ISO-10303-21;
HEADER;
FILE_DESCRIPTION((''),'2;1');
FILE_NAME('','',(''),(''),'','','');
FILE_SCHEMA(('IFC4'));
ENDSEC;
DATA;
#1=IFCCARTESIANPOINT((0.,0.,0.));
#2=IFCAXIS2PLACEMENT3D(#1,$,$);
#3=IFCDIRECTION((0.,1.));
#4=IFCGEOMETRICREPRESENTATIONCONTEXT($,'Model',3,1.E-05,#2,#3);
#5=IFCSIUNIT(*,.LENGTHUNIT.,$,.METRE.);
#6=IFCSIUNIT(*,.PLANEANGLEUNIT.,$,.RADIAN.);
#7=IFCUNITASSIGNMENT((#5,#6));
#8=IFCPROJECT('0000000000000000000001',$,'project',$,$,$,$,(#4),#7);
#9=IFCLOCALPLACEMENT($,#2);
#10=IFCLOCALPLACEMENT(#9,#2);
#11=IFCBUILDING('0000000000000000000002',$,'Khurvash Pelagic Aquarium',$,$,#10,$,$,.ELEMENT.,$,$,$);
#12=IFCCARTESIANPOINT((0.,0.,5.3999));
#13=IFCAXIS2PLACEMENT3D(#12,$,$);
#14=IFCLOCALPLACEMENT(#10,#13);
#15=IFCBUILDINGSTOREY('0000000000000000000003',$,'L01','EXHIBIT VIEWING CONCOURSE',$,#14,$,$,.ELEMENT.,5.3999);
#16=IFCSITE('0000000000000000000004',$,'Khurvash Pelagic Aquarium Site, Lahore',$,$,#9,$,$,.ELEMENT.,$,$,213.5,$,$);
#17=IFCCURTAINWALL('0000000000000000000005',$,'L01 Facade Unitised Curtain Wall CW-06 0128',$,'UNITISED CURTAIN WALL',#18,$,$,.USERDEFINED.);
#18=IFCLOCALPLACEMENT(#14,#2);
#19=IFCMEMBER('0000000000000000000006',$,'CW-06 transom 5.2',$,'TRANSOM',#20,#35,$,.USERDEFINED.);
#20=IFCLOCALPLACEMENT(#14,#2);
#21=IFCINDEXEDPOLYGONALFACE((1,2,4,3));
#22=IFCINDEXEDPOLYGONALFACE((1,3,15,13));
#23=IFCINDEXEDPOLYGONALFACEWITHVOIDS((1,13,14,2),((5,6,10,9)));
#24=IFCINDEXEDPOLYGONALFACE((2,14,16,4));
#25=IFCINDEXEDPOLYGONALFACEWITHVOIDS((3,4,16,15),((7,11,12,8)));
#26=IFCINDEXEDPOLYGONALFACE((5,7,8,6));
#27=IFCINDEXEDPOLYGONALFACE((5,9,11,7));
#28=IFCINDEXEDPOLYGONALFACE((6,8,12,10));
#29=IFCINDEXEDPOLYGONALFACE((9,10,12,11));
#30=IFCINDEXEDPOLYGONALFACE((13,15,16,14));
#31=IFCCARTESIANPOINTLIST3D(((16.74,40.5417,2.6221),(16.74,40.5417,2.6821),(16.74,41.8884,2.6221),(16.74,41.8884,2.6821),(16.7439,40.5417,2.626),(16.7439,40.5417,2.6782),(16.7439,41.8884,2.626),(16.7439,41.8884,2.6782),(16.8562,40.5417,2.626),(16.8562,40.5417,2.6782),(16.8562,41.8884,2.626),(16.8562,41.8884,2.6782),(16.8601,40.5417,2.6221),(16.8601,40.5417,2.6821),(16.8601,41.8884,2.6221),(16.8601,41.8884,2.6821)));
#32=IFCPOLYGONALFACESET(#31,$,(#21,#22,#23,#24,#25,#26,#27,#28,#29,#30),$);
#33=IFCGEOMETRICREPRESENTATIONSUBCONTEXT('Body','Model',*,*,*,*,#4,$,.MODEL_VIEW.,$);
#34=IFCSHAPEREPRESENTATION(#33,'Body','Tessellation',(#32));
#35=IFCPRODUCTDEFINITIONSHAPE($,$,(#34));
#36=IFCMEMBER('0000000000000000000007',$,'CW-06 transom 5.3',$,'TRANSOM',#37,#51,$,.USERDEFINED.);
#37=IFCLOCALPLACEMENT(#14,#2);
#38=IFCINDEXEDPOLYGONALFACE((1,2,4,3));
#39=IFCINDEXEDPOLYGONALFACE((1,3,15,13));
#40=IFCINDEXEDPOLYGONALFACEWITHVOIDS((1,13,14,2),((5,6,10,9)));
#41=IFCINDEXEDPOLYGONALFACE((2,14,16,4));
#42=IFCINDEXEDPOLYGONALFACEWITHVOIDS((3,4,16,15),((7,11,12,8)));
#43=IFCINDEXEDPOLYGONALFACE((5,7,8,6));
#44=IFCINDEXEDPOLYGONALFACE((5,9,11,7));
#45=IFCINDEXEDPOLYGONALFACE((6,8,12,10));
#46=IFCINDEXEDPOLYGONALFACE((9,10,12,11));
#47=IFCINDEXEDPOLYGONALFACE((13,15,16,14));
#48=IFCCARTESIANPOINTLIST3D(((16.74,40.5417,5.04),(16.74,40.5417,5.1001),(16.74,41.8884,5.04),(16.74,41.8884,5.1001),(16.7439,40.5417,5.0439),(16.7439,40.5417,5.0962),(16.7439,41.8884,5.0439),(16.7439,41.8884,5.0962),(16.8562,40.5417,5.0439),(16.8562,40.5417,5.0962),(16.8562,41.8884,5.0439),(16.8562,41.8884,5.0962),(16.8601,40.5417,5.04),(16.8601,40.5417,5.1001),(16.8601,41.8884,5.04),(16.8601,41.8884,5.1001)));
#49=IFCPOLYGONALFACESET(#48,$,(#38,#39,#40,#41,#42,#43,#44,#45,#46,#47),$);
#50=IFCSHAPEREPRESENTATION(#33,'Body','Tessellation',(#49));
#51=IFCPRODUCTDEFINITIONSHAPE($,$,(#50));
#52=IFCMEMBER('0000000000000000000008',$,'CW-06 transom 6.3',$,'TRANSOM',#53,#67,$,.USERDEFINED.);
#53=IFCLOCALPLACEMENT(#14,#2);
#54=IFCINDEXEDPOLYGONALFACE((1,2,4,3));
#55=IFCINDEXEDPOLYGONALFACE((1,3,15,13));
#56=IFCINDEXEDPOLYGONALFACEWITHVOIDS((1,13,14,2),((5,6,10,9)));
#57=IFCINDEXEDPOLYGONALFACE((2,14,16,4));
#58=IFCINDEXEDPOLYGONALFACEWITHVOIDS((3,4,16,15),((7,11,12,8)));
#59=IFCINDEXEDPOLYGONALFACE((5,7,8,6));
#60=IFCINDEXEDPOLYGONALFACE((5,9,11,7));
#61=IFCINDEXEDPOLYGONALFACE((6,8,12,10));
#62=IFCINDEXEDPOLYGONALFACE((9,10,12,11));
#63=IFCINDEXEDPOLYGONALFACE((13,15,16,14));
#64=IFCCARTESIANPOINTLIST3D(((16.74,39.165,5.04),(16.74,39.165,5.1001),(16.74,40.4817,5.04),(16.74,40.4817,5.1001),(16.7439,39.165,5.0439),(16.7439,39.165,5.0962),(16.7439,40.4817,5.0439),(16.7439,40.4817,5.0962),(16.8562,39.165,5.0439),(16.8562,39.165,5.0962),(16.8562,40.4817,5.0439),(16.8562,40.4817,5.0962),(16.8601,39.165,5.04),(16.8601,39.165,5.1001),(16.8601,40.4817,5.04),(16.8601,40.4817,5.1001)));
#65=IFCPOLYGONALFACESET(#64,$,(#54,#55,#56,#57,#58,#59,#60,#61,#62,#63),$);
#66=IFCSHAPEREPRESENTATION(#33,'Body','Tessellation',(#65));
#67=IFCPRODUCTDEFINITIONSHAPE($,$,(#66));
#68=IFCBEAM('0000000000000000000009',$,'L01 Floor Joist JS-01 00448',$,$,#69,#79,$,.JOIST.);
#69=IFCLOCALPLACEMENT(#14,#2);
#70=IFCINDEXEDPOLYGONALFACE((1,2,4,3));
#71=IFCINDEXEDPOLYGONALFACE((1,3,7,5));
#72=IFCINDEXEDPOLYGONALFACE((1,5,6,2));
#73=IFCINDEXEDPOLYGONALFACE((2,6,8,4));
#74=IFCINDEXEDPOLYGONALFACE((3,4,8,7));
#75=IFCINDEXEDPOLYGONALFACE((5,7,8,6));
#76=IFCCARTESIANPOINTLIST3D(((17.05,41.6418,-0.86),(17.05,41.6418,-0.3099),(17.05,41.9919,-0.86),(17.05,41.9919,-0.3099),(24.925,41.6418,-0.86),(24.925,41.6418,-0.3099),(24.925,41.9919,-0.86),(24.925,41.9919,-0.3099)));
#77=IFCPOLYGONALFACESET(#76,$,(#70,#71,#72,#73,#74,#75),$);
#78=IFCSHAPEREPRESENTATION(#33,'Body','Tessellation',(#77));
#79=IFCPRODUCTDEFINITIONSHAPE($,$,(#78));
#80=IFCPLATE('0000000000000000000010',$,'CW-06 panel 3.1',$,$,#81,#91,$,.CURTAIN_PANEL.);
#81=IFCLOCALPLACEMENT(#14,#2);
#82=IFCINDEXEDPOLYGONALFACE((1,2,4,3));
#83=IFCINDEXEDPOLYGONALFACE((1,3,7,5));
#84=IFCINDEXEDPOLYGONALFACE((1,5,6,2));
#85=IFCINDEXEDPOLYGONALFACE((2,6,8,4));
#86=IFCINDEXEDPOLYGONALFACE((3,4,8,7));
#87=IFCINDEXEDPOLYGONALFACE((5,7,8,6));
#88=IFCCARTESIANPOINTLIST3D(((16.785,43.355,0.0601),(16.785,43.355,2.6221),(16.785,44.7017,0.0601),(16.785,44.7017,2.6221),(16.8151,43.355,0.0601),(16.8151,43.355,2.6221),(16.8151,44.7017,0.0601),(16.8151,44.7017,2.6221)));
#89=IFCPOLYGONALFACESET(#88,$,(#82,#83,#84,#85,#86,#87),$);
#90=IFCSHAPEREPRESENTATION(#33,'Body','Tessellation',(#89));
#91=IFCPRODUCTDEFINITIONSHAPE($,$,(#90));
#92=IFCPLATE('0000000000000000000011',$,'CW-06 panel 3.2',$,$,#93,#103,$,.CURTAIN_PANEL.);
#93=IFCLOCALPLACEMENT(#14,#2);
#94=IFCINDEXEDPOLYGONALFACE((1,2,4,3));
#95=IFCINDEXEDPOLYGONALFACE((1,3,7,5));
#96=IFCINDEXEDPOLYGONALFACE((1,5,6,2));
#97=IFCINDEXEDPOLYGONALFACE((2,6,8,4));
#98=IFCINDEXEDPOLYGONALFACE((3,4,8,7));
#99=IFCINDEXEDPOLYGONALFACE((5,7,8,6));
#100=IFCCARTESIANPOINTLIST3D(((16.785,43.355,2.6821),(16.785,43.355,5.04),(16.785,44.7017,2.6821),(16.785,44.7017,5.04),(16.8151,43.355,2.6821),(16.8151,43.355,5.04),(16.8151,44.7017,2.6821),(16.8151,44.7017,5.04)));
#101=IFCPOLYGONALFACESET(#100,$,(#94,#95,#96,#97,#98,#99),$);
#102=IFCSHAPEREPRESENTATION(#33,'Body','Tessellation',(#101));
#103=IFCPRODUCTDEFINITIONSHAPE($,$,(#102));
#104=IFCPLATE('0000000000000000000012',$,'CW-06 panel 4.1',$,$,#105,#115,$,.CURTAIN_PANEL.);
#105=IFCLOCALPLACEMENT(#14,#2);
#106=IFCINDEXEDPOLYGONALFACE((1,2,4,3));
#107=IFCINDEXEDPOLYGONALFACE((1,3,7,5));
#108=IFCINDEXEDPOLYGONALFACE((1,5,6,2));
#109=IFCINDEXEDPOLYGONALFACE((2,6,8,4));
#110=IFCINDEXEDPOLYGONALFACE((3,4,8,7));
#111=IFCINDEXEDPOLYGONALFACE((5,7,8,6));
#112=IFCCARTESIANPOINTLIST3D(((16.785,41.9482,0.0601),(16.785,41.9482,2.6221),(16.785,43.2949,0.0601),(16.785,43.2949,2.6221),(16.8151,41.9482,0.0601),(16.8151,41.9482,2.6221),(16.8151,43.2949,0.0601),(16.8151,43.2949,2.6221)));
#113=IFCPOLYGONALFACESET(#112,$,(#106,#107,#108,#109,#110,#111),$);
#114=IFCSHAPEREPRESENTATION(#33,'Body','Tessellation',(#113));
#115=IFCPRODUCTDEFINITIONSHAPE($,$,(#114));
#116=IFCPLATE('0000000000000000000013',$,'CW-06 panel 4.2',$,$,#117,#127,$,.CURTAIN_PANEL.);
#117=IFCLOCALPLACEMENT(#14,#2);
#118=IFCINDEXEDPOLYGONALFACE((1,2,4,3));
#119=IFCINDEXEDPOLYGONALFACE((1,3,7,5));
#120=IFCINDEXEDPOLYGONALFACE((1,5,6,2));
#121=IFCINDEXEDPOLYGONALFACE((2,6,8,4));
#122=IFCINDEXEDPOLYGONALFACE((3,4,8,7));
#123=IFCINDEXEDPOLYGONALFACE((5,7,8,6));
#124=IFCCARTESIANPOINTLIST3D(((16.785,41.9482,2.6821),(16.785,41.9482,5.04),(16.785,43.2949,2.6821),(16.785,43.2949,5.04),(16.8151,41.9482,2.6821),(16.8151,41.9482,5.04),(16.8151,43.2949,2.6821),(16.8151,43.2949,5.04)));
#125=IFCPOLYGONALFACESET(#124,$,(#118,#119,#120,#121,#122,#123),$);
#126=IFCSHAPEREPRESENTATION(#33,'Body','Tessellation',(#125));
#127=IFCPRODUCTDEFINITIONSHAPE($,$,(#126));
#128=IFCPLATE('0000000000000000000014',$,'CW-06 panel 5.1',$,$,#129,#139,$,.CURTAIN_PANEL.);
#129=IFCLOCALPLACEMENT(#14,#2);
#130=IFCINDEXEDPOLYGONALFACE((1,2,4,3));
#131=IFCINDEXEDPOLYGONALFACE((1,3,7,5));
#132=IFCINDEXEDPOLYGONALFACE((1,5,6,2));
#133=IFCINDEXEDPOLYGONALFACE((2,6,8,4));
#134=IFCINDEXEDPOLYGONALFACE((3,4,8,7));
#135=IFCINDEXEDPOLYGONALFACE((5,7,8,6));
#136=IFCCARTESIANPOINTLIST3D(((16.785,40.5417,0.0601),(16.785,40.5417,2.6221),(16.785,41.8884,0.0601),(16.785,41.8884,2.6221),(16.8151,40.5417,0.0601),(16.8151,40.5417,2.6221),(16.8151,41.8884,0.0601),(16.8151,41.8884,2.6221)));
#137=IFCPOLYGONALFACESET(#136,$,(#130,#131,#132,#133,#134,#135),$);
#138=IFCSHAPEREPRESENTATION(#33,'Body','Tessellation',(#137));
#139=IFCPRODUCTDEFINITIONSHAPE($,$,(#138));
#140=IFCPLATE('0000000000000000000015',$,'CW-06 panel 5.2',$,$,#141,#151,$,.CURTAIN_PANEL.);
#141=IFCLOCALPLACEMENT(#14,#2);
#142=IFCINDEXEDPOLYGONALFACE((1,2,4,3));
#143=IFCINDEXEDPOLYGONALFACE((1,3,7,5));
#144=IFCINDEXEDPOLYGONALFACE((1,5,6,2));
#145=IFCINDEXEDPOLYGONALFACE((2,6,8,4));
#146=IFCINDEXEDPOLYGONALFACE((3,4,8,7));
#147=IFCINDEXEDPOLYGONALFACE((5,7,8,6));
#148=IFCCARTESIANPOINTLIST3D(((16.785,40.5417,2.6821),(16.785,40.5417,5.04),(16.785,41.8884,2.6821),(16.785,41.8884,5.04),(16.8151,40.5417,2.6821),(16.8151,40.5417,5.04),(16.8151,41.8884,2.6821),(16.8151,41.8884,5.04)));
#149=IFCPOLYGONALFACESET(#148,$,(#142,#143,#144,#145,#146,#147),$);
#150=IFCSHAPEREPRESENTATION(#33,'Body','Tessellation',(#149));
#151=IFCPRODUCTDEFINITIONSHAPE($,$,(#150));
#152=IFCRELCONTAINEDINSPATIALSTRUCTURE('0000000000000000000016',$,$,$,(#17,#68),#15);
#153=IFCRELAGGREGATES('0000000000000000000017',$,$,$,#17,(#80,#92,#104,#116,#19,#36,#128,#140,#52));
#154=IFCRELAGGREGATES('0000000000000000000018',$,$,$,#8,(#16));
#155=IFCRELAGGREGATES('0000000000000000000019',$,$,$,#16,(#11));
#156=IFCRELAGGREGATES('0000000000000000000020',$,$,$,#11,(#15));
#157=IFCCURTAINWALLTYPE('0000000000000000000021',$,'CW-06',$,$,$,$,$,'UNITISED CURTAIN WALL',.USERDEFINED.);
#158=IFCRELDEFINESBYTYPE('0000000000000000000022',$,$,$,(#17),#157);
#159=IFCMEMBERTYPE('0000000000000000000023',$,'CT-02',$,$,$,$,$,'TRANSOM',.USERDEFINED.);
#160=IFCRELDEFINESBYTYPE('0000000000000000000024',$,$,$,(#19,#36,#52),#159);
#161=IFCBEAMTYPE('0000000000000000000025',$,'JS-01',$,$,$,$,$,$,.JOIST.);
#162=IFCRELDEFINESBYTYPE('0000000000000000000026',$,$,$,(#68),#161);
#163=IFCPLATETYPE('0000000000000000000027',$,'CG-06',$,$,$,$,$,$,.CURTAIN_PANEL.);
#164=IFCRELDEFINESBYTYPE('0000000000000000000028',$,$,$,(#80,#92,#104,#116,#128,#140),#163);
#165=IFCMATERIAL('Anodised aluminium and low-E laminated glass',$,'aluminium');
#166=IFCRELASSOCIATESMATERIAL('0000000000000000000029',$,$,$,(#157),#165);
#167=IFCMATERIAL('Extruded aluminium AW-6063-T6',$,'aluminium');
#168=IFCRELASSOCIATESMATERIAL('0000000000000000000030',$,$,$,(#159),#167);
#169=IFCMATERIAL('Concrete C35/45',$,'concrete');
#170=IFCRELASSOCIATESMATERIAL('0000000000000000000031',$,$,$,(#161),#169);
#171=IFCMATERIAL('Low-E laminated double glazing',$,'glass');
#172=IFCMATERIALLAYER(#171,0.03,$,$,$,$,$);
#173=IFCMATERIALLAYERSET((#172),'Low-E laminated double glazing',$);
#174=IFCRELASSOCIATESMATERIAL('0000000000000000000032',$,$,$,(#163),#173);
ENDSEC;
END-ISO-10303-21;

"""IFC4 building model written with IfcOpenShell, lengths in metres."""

from ifc_helpers import new_model, si_unit, direction, frame, origin, origin_2d, place, context, subcontext, project, spatial, rectangle, hollow_rectangle, extrude, material, layer, layer_set, material_profile, profile_set, type_object, element, aggregate, save


model = new_model("IFC4")

# Units and contexts
model_context = context("Model", 3, precision=1e-05, world=origin(), true_north=direction((0.0, 1.0)))
body_context = subcontext(model_context, "Body", "Model", "MODEL_VIEW")
ifc_project = project(units=[si_unit("LENGTHUNIT", "METRE"), si_unit("PLANEANGLEUNIT", "RADIAN")], contexts=[model_context])

# Site, building, storey
site_placement = place(None, origin())
site = spatial("IfcSite", under=ifc_project, at=site_placement, Name="Khurvash Pelagic Aquarium Site, Lahore", CompositionType="ELEMENT", RefElevation=213.5)
building_placement = place(site_placement, origin())
building = spatial("IfcBuilding", under=site, at=building_placement, Name="Khurvash Pelagic Aquarium", CompositionType="ELEMENT")
storey_placement = place(building_placement, frame((0.0, 0.0, 5.3999)))
storey = spatial("IfcBuildingStorey", under=building, at=storey_placement, Name="L01", Description="EXHIBIT VIEWING CONCOURSE", CompositionType="ELEMENT", Elevation=5.3999)

# Curtain wall, members
ifc_material_1 = material(Name="Anodised aluminium and low-E laminated glass", Category="aluminium")
curtain_wall_type = type_object("IfcCurtainWallType", Name="CW-06", ElementType="UNITISED CURTAIN WALL", PredefinedType="USERDEFINED", material=ifc_material_1)
curtain_wall_placement = place(storey_placement, origin())
curtain_wall = element("IfcCurtainWall", 1, at=curtain_wall_placement, inside=storey, type_object=curtain_wall_type, Name="L01 Facade Unitised Curtain Wall CW-06 0128", ObjectType="UNITISED CURTAIN WALL", PredefinedType="USERDEFINED")
ifc_material_2 = material(Name="Extruded aluminium AW-6063-T6", Category="aluminium")
ifc_material_profile_1 = material_profile(ifc_material_2, hollow_rectangle(XDim=0.1201, YDim=0.0601, WallThickness=0.0039, at=origin_2d()), Name="CWT120X60X4")
ifc_profile_set_1 = profile_set([ifc_material_profile_1], Name="Extruded aluminium AW-6063-T6")
member_type_1 = type_object("IfcMemberType", Name="CT-02", ElementType="TRANSOM", PredefinedType="USERDEFINED", material=ifc_profile_set_1)
member_1_placement = place(storey_placement, frame((16.8, 41.8884, 2.6521), z_axis=(0.0, -1.0, 0.0), x_axis=(1.0, 0.0, 0.0)))
member_1 = element("IfcMember", 2, at=member_1_placement, type_object=member_type_1, Name="CW-06 transom 5.2", ObjectType="TRANSOM", PredefinedType="USERDEFINED", context=body_context, shape_type="SweptSolid", body=[
    extrude(hollow_rectangle(XDim=0.1201, YDim=0.0601, WallThickness=0.0039, at=origin_2d()), origin(), (0.0, 0.0, 1.0), 1.3467),
])
member_2_placement = place(storey_placement, frame((16.8, 41.8884, 5.0701), z_axis=(0.0, -1.0, 0.0), x_axis=(1.0, 0.0, 0.0)))
member_2 = element("IfcMember", 3, at=member_2_placement, type_object=member_type_1, Name="CW-06 transom 5.3", ObjectType="TRANSOM", PredefinedType="USERDEFINED", context=body_context, shape_type="SweptSolid", body=[
    extrude(hollow_rectangle(XDim=0.1201, YDim=0.0601, WallThickness=0.0039, at=origin_2d()), origin(), (0.0, 0.0, 1.0), 1.3467),
])
member_3_placement = place(storey_placement, frame((16.8, 40.4817, 5.0701), z_axis=(0.0, -1.0, 0.0), x_axis=(1.0, 0.0, 0.0)))
member_3 = element("IfcMember", 4, at=member_3_placement, type_object=member_type_1, Name="CW-06 transom 6.3", ObjectType="TRANSOM", PredefinedType="USERDEFINED", context=body_context, shape_type="SweptSolid", body=[
    extrude(hollow_rectangle(XDim=0.1201, YDim=0.0601, WallThickness=0.0039, at=origin_2d()), origin(), (0.0, 0.0, 1.0), 1.3167),
])

# Beam
ifc_material_3 = material(Name="Concrete C35/45", Category="concrete")
ifc_material_profile_2 = material_profile(ifc_material_3, rectangle(XDim=0.3501, YDim=0.55, at=origin_2d()), Name="RC350X550")
ifc_profile_set_2 = profile_set([ifc_material_profile_2], Name="Concrete C35/45")
beam_type = type_object("IfcBeamType", Name="JS-01", PredefinedType="JOIST", material=ifc_profile_set_2)
beam_placement = place(storey_placement, frame((17.05, 41.8169, -0.585), z_axis=(1.0, 0.0, 0.0), x_axis=(0.0, 1.0, 0.0)))
element("IfcBeam", 5, at=beam_placement, inside=storey, type_object=beam_type, Name="L01 Floor Joist JS-01 00448", PredefinedType="JOIST", context=body_context, shape_type="SweptSolid", body=[
    extrude(rectangle(XDim=0.3501, YDim=0.55, at=origin_2d()), origin(), (0.0, 0.0, 1.0), 7.875),
])

# Plates
ifc_material_4 = material(Name="Low-E laminated double glazing", Category="glass")
ifc_layer = layer(ifc_material_4, 0.03)
ifc_layer_set = layer_set([ifc_layer], Name="Low-E laminated double glazing")
plate_type = type_object("IfcPlateType", Name="CG-06", PredefinedType="CURTAIN_PANEL", material=ifc_layer_set)
plate_1_placement = place(storey_placement, frame((16.8, 44.0283, 0.0601), z_axis=(0.0, 0.0, 1.0), x_axis=(0.0, -1.0, 0.0)))
plate_1 = element("IfcPlate", 6, at=plate_1_placement, type_object=plate_type, Name="CW-06 panel 3.1", PredefinedType="CURTAIN_PANEL", context=body_context, shape_type="SweptSolid", body=[
    extrude(rectangle(XDim=1.3467, YDim=0.03, at=origin_2d()), origin(), (0.0, 0.0, 1.0), 2.562),
])
plate_2_placement = place(storey_placement, frame((16.8, 44.0283, 2.6821), z_axis=(0.0, 0.0, 1.0), x_axis=(0.0, -1.0, 0.0)))
plate_2 = element("IfcPlate", 7, at=plate_2_placement, type_object=plate_type, Name="CW-06 panel 3.2", PredefinedType="CURTAIN_PANEL", context=body_context, shape_type="SweptSolid", body=[
    extrude(rectangle(XDim=1.3467, YDim=0.03, at=origin_2d()), origin(), (0.0, 0.0, 1.0), 2.3579),
])
plate_3_placement = place(storey_placement, frame((16.8, 42.6216, 0.0601), z_axis=(0.0, 0.0, 1.0), x_axis=(0.0, -1.0, 0.0)))
plate_3 = element("IfcPlate", 8, at=plate_3_placement, type_object=plate_type, Name="CW-06 panel 4.1", PredefinedType="CURTAIN_PANEL", context=body_context, shape_type="SweptSolid", body=[
    extrude(rectangle(XDim=1.3467, YDim=0.03, at=origin_2d()), origin(), (0.0, 0.0, 1.0), 2.562),
])
plate_4_placement = place(storey_placement, frame((16.8, 42.6216, 2.6821), z_axis=(0.0, 0.0, 1.0), x_axis=(0.0, -1.0, 0.0)))
plate_4 = element("IfcPlate", 9, at=plate_4_placement, type_object=plate_type, Name="CW-06 panel 4.2", PredefinedType="CURTAIN_PANEL", context=body_context, shape_type="SweptSolid", body=[
    extrude(rectangle(XDim=1.3467, YDim=0.03, at=origin_2d()), origin(), (0.0, 0.0, 1.0), 2.3579),
])
plate_5_placement = place(storey_placement, frame((16.8, 41.2151, 0.0601), z_axis=(0.0, 0.0, 1.0), x_axis=(0.0, -1.0, 0.0)))
plate_5 = element("IfcPlate", 10, at=plate_5_placement, type_object=plate_type, Name="CW-06 panel 5.1", PredefinedType="CURTAIN_PANEL", context=body_context, shape_type="SweptSolid", body=[
    extrude(rectangle(XDim=1.3467, YDim=0.03, at=origin_2d()), origin(), (0.0, 0.0, 1.0), 2.562),
])
plate_6_placement = place(storey_placement, frame((16.8, 41.2151, 2.6821), z_axis=(0.0, 0.0, 1.0), x_axis=(0.0, -1.0, 0.0)))
plate_6 = element("IfcPlate", 11, at=plate_6_placement, type_object=plate_type, Name="CW-06 panel 5.2", PredefinedType="CURTAIN_PANEL", context=body_context, shape_type="SweptSolid", body=[
    extrude(rectangle(XDim=1.3467, YDim=0.03, at=origin_2d()), origin(), (0.0, 0.0, 1.0), 2.3579),
])
aggregate(curtain_wall, [plate_1, plate_2, plate_3, plate_4, member_1, member_2, plate_5, plate_6, member_3])

save(model, "model.ifc")
